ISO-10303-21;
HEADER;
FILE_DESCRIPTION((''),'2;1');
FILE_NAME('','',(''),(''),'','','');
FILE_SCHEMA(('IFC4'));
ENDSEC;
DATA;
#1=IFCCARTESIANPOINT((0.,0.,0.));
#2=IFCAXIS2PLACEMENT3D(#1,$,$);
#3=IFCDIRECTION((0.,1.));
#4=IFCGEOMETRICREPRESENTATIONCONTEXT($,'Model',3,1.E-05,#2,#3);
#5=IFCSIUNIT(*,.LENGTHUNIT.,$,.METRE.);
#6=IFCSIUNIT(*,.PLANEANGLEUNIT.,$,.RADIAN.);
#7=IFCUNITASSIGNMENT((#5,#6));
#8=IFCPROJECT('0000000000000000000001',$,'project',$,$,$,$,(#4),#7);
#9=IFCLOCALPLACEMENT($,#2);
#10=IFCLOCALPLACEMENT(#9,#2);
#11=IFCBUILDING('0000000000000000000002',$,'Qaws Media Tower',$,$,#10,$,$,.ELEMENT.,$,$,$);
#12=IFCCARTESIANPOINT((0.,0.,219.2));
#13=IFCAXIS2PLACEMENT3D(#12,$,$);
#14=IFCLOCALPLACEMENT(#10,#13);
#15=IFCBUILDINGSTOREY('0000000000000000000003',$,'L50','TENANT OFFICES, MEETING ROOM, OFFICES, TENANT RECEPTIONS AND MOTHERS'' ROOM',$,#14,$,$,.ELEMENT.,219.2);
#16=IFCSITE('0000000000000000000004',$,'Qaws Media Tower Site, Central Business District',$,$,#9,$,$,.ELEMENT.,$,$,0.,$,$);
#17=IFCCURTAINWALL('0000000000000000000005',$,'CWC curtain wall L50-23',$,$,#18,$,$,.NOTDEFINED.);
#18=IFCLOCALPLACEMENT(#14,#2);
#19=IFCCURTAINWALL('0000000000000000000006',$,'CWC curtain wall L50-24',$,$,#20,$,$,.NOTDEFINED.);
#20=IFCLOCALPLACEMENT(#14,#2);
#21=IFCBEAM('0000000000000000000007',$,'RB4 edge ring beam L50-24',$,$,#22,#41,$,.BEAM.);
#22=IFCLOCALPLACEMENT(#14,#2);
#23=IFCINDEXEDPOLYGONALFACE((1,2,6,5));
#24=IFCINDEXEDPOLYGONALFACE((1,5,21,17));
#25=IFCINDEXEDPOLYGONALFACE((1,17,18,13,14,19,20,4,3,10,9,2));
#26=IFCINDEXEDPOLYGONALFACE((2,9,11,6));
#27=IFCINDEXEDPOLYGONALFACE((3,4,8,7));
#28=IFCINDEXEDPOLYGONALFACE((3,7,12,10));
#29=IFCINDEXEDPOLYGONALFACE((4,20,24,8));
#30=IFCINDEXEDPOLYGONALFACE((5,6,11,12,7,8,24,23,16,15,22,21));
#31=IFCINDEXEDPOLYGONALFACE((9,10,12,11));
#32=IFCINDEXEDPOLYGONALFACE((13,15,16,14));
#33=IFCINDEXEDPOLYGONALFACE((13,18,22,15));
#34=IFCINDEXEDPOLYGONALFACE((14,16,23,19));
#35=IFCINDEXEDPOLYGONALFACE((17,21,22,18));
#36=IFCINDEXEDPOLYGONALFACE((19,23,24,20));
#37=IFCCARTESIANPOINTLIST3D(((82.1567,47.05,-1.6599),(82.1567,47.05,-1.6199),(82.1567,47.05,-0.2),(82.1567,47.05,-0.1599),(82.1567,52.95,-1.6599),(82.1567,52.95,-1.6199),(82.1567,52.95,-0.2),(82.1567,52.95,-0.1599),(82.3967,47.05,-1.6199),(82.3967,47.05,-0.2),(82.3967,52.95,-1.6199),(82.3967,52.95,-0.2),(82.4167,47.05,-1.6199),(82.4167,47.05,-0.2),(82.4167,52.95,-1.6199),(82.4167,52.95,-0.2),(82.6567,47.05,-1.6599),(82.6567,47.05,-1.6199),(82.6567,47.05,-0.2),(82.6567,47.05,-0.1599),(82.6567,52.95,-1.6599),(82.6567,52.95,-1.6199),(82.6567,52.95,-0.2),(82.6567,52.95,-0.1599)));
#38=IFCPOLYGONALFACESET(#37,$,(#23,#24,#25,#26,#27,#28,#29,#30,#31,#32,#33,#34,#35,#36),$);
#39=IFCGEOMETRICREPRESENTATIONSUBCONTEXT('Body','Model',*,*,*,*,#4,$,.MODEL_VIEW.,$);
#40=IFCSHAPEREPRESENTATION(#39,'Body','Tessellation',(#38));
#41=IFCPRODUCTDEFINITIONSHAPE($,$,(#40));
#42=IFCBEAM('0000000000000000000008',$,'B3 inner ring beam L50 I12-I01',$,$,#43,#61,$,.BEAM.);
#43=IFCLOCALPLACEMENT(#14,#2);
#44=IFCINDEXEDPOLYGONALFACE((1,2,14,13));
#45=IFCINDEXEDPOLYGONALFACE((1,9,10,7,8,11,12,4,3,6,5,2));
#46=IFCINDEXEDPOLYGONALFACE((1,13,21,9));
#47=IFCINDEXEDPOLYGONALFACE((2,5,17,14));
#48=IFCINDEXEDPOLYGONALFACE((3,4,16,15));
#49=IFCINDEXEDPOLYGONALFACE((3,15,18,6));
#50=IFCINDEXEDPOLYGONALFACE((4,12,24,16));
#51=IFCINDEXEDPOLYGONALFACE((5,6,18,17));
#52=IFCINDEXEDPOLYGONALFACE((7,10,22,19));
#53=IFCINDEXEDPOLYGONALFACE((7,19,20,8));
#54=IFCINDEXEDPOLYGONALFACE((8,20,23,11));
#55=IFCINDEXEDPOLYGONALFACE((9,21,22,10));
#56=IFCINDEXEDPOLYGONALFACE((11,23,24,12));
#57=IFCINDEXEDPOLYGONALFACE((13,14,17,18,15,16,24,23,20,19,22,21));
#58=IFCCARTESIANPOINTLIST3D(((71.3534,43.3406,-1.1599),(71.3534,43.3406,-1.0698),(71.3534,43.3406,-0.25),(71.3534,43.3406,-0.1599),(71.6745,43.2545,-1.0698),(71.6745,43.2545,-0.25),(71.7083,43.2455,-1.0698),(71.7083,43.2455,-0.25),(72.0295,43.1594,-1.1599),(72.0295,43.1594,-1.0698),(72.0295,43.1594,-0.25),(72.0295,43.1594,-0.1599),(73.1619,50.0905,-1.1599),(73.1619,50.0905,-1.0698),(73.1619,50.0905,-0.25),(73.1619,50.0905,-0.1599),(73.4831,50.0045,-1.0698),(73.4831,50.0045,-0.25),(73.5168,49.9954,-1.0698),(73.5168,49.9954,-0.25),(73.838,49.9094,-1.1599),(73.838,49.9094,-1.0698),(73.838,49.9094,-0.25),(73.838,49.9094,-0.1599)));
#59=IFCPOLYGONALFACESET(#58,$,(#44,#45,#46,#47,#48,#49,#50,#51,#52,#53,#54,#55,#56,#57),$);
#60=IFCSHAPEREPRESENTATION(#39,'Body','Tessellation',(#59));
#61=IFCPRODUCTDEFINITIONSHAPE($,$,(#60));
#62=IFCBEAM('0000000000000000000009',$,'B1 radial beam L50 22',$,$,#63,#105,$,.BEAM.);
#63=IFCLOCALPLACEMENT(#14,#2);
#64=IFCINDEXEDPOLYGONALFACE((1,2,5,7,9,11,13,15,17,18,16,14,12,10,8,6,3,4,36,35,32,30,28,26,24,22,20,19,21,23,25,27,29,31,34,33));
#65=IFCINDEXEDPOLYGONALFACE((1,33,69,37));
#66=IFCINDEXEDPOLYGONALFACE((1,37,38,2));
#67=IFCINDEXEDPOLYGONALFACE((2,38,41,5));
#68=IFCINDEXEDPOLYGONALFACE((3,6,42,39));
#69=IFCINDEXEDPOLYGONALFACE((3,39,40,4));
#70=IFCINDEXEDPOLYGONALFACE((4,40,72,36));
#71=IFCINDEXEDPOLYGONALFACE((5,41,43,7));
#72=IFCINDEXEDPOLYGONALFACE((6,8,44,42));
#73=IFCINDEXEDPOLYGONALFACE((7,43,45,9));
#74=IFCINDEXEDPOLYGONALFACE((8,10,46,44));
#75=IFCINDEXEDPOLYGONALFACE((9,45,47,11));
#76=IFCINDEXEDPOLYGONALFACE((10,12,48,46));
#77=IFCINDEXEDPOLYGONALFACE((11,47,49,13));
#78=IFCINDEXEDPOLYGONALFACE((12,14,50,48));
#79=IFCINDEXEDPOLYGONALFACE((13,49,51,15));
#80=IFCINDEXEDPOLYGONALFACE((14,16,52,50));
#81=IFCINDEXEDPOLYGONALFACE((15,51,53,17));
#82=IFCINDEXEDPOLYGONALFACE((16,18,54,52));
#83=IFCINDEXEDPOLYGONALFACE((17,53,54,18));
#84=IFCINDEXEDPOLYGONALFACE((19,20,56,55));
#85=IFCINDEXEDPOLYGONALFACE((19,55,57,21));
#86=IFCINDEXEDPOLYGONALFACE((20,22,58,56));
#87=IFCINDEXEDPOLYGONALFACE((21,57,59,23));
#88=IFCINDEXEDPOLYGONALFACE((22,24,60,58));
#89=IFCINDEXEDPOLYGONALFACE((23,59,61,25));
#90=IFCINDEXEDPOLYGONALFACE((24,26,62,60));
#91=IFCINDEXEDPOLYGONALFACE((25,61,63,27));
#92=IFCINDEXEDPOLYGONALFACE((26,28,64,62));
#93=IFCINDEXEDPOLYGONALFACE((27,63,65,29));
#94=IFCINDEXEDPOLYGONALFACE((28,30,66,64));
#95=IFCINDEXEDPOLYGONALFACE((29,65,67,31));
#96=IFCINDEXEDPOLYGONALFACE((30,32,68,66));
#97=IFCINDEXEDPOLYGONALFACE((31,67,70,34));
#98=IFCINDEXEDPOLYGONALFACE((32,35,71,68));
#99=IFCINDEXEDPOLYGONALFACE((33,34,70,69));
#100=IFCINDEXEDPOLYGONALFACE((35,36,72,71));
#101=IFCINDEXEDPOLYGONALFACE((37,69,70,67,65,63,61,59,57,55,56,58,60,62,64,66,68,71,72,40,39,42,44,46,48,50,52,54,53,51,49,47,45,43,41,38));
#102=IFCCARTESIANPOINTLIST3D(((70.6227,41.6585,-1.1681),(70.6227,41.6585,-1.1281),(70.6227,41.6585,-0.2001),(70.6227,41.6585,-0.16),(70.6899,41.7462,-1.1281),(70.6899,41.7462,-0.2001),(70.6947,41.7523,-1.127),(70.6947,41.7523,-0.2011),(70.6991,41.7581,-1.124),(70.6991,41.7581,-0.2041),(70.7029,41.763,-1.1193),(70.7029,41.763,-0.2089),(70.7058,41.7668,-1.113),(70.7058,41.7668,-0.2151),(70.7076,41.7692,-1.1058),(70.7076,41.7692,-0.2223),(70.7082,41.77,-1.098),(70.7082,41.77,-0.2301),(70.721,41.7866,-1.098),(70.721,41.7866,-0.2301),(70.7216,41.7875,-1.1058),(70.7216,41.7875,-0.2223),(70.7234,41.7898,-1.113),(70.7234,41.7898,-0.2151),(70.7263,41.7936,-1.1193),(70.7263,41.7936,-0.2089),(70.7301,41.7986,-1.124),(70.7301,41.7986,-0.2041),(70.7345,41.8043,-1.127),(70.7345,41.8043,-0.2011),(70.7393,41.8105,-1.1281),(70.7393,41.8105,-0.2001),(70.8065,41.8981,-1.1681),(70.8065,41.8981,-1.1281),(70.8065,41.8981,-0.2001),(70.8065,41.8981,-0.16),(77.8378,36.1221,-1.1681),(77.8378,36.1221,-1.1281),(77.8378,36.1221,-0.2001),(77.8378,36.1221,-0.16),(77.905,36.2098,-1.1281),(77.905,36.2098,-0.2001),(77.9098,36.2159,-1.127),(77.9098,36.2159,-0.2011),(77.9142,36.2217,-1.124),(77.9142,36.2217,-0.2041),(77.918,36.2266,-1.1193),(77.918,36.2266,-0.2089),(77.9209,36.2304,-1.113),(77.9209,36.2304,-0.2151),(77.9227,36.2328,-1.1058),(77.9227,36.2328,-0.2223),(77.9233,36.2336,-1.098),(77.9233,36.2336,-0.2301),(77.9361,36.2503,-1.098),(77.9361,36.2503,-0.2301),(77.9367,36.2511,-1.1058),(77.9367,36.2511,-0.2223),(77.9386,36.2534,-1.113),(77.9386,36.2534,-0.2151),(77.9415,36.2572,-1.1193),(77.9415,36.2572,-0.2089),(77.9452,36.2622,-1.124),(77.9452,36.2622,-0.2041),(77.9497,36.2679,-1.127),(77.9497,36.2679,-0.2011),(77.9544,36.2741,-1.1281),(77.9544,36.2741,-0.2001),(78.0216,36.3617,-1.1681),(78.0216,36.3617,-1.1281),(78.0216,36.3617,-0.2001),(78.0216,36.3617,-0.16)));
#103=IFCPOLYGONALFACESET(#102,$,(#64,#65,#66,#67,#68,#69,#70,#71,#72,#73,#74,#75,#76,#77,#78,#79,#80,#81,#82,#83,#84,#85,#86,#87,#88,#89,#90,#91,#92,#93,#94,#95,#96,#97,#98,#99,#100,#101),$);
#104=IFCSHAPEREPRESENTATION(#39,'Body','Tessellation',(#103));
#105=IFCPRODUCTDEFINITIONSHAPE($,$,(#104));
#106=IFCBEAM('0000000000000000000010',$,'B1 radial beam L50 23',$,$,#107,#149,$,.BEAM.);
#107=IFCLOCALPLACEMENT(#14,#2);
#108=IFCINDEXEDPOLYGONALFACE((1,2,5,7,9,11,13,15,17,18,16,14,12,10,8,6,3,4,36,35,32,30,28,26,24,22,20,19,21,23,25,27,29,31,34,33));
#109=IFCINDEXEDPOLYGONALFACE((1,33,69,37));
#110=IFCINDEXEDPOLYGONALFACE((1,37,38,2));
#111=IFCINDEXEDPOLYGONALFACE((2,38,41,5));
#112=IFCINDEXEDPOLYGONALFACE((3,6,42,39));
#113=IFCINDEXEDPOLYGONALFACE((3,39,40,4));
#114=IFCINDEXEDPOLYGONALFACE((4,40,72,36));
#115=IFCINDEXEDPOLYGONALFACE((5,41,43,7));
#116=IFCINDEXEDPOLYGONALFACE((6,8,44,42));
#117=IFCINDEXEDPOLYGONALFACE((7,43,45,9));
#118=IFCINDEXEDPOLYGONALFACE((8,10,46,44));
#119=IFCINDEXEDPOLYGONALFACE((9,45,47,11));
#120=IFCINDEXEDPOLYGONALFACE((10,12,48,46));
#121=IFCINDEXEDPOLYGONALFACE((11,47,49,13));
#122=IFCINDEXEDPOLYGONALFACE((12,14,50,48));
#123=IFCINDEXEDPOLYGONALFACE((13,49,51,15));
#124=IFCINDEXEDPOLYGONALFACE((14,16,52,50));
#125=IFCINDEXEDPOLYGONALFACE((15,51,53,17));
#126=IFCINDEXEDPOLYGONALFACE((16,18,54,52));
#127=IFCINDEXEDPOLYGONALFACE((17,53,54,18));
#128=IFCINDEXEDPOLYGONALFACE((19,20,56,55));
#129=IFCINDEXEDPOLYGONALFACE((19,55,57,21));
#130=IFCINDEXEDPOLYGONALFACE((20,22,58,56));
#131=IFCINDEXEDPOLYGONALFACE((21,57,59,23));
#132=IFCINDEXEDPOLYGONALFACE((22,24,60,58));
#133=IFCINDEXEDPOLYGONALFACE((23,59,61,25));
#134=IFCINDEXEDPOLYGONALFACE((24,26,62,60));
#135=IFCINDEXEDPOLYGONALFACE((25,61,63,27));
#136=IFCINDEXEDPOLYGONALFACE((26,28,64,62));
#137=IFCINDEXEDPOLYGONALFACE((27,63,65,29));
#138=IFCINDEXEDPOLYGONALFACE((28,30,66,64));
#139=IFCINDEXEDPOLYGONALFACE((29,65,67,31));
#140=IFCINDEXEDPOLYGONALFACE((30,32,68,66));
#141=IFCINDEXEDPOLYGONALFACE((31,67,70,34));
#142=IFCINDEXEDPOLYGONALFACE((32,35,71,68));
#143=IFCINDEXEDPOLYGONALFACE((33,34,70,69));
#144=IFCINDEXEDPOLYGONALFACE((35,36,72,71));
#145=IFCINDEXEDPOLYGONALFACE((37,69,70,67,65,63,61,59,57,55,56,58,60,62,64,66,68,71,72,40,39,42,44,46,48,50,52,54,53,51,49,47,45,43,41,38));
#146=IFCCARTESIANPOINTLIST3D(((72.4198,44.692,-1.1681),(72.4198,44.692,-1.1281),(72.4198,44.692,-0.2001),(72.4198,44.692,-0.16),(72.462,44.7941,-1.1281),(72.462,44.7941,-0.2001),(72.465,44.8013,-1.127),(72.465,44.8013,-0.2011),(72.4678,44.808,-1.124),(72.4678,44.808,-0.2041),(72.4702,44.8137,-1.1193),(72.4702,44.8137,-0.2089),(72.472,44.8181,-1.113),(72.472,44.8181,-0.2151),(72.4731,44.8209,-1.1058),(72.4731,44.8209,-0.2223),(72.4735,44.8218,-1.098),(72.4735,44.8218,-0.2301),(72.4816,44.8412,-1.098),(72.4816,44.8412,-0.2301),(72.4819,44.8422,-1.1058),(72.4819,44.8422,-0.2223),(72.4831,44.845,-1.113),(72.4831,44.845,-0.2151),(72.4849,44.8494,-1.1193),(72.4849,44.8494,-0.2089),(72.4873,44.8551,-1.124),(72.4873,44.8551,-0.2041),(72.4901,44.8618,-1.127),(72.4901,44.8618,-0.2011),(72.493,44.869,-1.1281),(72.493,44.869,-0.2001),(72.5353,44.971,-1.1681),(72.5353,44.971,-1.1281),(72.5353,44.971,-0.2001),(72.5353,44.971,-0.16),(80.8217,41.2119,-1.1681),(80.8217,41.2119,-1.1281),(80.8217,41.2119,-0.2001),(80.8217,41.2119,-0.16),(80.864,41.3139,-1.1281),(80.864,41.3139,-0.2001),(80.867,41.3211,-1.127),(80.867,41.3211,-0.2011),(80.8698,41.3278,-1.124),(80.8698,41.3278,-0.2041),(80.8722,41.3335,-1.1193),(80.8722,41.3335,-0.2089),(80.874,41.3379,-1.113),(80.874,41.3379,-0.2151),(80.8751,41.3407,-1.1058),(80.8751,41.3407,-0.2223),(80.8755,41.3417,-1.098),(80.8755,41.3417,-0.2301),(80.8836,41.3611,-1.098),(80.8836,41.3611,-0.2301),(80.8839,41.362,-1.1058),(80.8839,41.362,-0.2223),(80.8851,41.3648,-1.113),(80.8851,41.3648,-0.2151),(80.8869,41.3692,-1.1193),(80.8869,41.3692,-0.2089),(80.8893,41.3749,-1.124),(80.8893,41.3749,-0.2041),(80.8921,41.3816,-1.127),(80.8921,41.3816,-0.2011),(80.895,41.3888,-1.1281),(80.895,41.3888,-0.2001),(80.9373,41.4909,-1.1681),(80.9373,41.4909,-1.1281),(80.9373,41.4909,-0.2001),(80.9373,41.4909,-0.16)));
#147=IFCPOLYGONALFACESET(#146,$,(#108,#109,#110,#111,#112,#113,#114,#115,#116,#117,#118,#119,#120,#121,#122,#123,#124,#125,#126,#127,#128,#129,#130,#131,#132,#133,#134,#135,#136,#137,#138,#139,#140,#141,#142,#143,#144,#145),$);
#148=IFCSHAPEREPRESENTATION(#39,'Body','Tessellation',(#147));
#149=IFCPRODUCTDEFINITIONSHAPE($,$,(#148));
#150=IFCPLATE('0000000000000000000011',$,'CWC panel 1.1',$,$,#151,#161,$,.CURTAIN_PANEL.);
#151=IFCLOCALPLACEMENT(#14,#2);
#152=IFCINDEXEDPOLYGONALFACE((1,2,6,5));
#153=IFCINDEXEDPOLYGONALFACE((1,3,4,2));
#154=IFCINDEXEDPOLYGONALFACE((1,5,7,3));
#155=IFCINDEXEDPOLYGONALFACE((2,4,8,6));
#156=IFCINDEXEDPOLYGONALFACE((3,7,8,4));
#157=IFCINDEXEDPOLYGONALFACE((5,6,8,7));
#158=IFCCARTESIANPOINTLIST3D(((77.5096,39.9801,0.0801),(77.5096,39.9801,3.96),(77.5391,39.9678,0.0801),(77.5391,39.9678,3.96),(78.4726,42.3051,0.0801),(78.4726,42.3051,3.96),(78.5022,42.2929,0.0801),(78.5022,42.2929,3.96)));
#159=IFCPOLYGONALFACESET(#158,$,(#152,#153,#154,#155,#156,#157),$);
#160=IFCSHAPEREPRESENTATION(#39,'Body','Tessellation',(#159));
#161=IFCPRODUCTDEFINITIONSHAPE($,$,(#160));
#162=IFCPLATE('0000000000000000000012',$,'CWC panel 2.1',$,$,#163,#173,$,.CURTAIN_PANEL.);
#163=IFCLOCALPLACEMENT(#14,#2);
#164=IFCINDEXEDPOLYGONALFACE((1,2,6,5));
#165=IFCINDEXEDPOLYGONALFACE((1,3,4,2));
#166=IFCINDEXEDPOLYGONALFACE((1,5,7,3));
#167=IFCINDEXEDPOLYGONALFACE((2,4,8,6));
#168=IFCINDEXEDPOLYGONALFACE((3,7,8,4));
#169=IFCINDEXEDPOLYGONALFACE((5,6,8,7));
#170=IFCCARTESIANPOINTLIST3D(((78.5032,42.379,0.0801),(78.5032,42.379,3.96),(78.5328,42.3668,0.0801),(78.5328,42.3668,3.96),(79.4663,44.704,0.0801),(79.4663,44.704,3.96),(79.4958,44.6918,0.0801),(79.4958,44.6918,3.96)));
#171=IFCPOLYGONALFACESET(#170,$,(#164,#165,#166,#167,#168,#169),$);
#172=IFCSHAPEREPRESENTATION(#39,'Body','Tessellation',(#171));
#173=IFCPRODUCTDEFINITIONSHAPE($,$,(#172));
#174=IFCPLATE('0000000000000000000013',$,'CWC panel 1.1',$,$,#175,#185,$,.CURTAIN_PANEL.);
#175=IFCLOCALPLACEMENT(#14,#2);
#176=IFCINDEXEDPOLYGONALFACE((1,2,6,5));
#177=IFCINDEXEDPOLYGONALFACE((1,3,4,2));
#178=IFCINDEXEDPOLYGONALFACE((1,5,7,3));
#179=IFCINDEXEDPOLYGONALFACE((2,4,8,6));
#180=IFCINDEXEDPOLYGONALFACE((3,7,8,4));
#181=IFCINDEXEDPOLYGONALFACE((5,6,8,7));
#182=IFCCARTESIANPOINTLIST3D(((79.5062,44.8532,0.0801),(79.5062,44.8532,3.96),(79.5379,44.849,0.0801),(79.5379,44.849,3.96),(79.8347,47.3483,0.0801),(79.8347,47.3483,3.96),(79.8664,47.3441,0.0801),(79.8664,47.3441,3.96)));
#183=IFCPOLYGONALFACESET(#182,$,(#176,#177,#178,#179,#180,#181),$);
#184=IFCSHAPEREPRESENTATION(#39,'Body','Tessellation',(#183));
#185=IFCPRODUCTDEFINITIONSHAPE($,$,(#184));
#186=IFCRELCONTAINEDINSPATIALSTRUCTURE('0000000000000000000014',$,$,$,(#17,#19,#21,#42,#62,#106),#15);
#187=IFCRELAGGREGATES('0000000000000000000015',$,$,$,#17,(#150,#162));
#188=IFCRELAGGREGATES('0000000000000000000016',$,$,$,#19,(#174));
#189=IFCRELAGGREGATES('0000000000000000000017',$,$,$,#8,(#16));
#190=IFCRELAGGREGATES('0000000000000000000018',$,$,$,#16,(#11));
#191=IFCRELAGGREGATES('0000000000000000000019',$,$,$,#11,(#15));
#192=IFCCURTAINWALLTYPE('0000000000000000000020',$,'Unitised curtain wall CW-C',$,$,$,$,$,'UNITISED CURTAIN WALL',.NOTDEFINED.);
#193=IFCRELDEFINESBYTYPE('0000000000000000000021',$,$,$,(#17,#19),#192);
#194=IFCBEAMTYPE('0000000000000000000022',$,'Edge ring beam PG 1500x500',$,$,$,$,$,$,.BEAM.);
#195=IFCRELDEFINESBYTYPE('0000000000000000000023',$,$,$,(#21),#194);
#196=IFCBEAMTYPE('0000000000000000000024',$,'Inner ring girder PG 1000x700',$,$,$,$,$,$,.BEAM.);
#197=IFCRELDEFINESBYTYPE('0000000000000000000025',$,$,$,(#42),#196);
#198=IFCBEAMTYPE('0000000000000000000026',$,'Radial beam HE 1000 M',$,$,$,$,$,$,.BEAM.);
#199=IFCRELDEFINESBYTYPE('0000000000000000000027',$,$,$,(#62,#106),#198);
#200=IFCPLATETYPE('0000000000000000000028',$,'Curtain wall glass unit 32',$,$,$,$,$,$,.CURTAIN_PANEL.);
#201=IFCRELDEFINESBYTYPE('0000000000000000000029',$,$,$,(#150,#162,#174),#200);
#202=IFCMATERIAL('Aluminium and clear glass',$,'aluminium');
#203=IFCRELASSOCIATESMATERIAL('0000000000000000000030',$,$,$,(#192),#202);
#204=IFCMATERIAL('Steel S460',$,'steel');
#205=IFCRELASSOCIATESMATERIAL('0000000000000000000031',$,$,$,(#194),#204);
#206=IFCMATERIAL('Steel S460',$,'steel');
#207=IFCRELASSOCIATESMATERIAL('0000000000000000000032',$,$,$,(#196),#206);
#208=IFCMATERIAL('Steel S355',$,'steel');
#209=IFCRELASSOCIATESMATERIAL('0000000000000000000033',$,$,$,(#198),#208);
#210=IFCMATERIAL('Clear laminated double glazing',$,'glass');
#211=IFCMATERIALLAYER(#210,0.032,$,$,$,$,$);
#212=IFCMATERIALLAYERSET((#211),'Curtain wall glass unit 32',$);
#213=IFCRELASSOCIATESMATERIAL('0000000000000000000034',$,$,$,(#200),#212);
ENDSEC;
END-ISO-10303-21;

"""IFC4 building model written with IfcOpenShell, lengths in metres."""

from ifc_helpers import new_model, si_unit, direction, frame, origin, origin_2d, place, context, subcontext, project, spatial, rectangle, i_section, extrude, material, layer, layer_set, material_profile, profile_set, type_object, element, aggregate, save


model = new_model("IFC4")

# Units and contexts
model_context = context("Model", 3, precision=1e-05, world=origin(), true_north=direction((0.0, 1.0)))
body_context = subcontext(model_context, "Body", "Model", "MODEL_VIEW")
ifc_project = project(units=[si_unit("LENGTHUNIT", "METRE"), si_unit("PLANEANGLEUNIT", "RADIAN")], contexts=[model_context])

# Site, building, storey
site_placement = place(None, origin())
site = spatial("IfcSite", under=ifc_project, at=site_placement, Name="Qaws Media Tower Site, Central Business District", CompositionType="ELEMENT", RefElevation=0.0)
building_placement = place(site_placement, origin())
building = spatial("IfcBuilding", under=site, at=building_placement, Name="Qaws Media Tower", CompositionType="ELEMENT")
storey_placement = place(building_placement, frame((0.0, 0.0, 219.2)))
storey = spatial("IfcBuildingStorey", under=building, at=storey_placement, Name="L50", Description="TENANT OFFICES, MEETING ROOM, OFFICES, TENANT RECEPTIONS AND MOTHERS' ROOM", CompositionType="ELEMENT", Elevation=219.2)

# Curtain walls
ifc_material_1 = material(Name="Aluminium and clear glass", Category="aluminium")
curtain_wall_type = type_object("IfcCurtainWallType", Name="Unitised curtain wall CW-C", ElementType="UNITISED CURTAIN WALL", PredefinedType="NOTDEFINED", material=ifc_material_1)
curtain_wall_1_placement = place(storey_placement, origin())
curtain_wall_1 = element("IfcCurtainWall", 1, at=curtain_wall_1_placement, inside=storey, type_object=curtain_wall_type, Name="CWC curtain wall L50-23", PredefinedType="NOTDEFINED")
curtain_wall_2_placement = place(storey_placement, origin())
curtain_wall_2 = element("IfcCurtainWall", 2, at=curtain_wall_2_placement, inside=storey, type_object=curtain_wall_type, Name="CWC curtain wall L50-24", PredefinedType="NOTDEFINED")

# Beams
ifc_material_2 = material(Name="Steel S460", Category="steel")
ifc_material_profile_1 = material_profile(ifc_material_2, i_section(OverallWidth=0.5, OverallDepth=1.5, WebThickness=0.02, FlangeThickness=0.04, at=origin_2d()), Name="PG 1500x500")
ifc_profile_set_1 = profile_set([ifc_material_profile_1], Name="Steel S460")
beam_type_1 = type_object("IfcBeamType", Name="Edge ring beam PG 1500x500", PredefinedType="BEAM", material=ifc_profile_set_1)
for number, where, z_axis, x_axis, name in (
    (3, (82.4067, 47.05, -0.9099), (0.0, 1.0, 0.0), (-1.0, 0.0, 0.0), "RB4 edge ring beam L50-24"),
):
    element("IfcBeam", number, at=place(storey_placement, frame(where, z_axis=z_axis, x_axis=x_axis)), inside=storey, type_object=beam_type_1, Name=name, PredefinedType="BEAM", context=body_context, shape_type="SweptSolid", body=[
        extrude(i_section(OverallWidth=0.5, OverallDepth=1.5, WebThickness=0.02, FlangeThickness=0.04, at=origin_2d()), origin(), (0.0, 0.0, 1.0), 5.8999),
    ])
ifc_material_3 = material(Name="Steel S460", Category="steel")
ifc_material_profile_2 = material_profile(ifc_material_3, i_section(OverallWidth=0.7, OverallDepth=1.0, WebThickness=0.0349, FlangeThickness=0.0901, at=origin_2d()), Name="PG 1000x700")
ifc_profile_set_2 = profile_set([ifc_material_profile_2], Name="Steel S460")
beam_type_2 = type_object("IfcBeamType", Name="Inner ring girder PG 1000x700", PredefinedType="BEAM", material=ifc_profile_set_2)
beam_1_placement = place(storey_placement, frame((71.6914, 43.25, -0.6599), z_axis=(0.258811, 0.965928, 0.0), x_axis=(-0.965928, 0.258811, 0.0)))
element("IfcBeam", 4, at=beam_1_placement, inside=storey, type_object=beam_type_2, Name="B3 inner ring beam L50 I12-I01", PredefinedType="BEAM", context=body_context, shape_type="SweptSolid", body=[
    extrude(i_section(OverallWidth=0.7, OverallDepth=1.0, WebThickness=0.0349, FlangeThickness=0.0901, at=origin_2d()), origin(), (0.0, 0.0, 1.0), 6.988),
])
ifc_material_4 = material(Name="Steel S355", Category="steel")
ifc_material_profile_3 = material_profile(ifc_material_4, i_section(OverallWidth=0.302, OverallDepth=1.0081, WebThickness=0.021, FlangeThickness=0.04, FilletRadius=0.03, at=origin_2d()), Name="HE 1000 M")
ifc_profile_set_3 = profile_set([ifc_material_profile_3], Name="Steel S355")
beam_type_3 = type_object("IfcBeamType", Name="Radial beam HE 1000 M", PredefinedType="BEAM", material=ifc_profile_set_3)
beam_2_placement = place(storey_placement, frame((70.7146, 41.7783, -0.6641), z_axis=(0.793351, -0.608765, 0.0), x_axis=(0.608765, 0.793351, 0.0)))
element("IfcBeam", 5, at=beam_2_placement, inside=storey, type_object=beam_type_3, Name="B1 radial beam L50 22", PredefinedType="BEAM", context=body_context, shape_type="SweptSolid", body=[
    extrude(i_section(OverallWidth=0.302, OverallDepth=1.0081, WebThickness=0.021, FlangeThickness=0.04, FilletRadius=0.03, at=origin_2d()), origin(), (0.0, 0.0, 1.0), 9.0945),
])
beam_3_placement = place(storey_placement, frame((72.4775, 44.8315, -0.6641), z_axis=(0.923881, -0.38268, 0.0), x_axis=(0.38268, 0.923881, 0.0)))
element("IfcBeam", 6, at=beam_3_placement, inside=storey, type_object=beam_type_3, Name="B1 radial beam L50 23", PredefinedType="BEAM", context=body_context, shape_type="SweptSolid", body=[
    extrude(i_section(OverallWidth=0.302, OverallDepth=1.0081, WebThickness=0.021, FlangeThickness=0.04, FilletRadius=0.03, at=origin_2d()), origin(), (0.0, 0.0, 1.0), 9.0942),
])

# Plates
ifc_material_5 = material(Name="Clear laminated double glazing", Category="glass")
ifc_layer_1 = layer(ifc_material_5, 0.032)
ifc_layer_set_1 = layer_set([ifc_layer_1], Name="Curtain wall glass unit 32")
plate_type_1 = type_object("IfcPlateType", Name="Curtain wall glass unit 32", PredefinedType="CURTAIN_PANEL", material=ifc_layer_set_1)
plate_1_placement = place(storey_placement, frame((78.0059, 41.1365, 0.0801), z_axis=(0.0, 0.0, 1.0), x_axis=(0.382684, 0.923879, 0.0)))
plate_1 = element("IfcPlate", 7, at=plate_1_placement, type_object=plate_type_1, Name="CWC panel 1.1", PredefinedType="CURTAIN_PANEL", context=body_context, shape_type="SweptSolid", body=[
    extrude(rectangle(XDim=2.5166, YDim=0.032, at=origin_2d()), origin(), (0.0, 0.0, 1.0), 3.8799),
])
plate_2_placement = place(storey_placement, frame((78.9995, 43.5354, 0.0801), z_axis=(0.0, 0.0, 1.0), x_axis=(0.382684, 0.923879, 0.0)))
plate_2 = element("IfcPlate", 8, at=plate_2_placement, type_object=plate_type_1, Name="CWC panel 2.1", PredefinedType="CURTAIN_PANEL", context=body_context, shape_type="SweptSolid", body=[
    extrude(rectangle(XDim=2.5166, YDim=0.032, at=origin_2d()), origin(), (0.0, 0.0, 1.0), 3.8799),
])
aggregate(curtain_wall_1, [plate_1, plate_2])
plate_3_placement = place(storey_placement, frame((79.6863, 46.0986, 0.0801), z_axis=(0.0, 0.0, 1.0), x_axis=(0.130526, 0.991445, 0.0)))
plate_3 = element("IfcPlate", 9, at=plate_3_placement, type_object=plate_type_1, Name="CWC panel 1.1", PredefinedType="CURTAIN_PANEL", context=body_context, shape_type="SweptSolid", body=[
    extrude(rectangle(XDim=2.5166, YDim=0.032, at=origin_2d()), origin(), (0.0, 0.0, 1.0), 3.8799),
])
aggregate(curtain_wall_2, [plate_3])

save(model, "model.ifc")
